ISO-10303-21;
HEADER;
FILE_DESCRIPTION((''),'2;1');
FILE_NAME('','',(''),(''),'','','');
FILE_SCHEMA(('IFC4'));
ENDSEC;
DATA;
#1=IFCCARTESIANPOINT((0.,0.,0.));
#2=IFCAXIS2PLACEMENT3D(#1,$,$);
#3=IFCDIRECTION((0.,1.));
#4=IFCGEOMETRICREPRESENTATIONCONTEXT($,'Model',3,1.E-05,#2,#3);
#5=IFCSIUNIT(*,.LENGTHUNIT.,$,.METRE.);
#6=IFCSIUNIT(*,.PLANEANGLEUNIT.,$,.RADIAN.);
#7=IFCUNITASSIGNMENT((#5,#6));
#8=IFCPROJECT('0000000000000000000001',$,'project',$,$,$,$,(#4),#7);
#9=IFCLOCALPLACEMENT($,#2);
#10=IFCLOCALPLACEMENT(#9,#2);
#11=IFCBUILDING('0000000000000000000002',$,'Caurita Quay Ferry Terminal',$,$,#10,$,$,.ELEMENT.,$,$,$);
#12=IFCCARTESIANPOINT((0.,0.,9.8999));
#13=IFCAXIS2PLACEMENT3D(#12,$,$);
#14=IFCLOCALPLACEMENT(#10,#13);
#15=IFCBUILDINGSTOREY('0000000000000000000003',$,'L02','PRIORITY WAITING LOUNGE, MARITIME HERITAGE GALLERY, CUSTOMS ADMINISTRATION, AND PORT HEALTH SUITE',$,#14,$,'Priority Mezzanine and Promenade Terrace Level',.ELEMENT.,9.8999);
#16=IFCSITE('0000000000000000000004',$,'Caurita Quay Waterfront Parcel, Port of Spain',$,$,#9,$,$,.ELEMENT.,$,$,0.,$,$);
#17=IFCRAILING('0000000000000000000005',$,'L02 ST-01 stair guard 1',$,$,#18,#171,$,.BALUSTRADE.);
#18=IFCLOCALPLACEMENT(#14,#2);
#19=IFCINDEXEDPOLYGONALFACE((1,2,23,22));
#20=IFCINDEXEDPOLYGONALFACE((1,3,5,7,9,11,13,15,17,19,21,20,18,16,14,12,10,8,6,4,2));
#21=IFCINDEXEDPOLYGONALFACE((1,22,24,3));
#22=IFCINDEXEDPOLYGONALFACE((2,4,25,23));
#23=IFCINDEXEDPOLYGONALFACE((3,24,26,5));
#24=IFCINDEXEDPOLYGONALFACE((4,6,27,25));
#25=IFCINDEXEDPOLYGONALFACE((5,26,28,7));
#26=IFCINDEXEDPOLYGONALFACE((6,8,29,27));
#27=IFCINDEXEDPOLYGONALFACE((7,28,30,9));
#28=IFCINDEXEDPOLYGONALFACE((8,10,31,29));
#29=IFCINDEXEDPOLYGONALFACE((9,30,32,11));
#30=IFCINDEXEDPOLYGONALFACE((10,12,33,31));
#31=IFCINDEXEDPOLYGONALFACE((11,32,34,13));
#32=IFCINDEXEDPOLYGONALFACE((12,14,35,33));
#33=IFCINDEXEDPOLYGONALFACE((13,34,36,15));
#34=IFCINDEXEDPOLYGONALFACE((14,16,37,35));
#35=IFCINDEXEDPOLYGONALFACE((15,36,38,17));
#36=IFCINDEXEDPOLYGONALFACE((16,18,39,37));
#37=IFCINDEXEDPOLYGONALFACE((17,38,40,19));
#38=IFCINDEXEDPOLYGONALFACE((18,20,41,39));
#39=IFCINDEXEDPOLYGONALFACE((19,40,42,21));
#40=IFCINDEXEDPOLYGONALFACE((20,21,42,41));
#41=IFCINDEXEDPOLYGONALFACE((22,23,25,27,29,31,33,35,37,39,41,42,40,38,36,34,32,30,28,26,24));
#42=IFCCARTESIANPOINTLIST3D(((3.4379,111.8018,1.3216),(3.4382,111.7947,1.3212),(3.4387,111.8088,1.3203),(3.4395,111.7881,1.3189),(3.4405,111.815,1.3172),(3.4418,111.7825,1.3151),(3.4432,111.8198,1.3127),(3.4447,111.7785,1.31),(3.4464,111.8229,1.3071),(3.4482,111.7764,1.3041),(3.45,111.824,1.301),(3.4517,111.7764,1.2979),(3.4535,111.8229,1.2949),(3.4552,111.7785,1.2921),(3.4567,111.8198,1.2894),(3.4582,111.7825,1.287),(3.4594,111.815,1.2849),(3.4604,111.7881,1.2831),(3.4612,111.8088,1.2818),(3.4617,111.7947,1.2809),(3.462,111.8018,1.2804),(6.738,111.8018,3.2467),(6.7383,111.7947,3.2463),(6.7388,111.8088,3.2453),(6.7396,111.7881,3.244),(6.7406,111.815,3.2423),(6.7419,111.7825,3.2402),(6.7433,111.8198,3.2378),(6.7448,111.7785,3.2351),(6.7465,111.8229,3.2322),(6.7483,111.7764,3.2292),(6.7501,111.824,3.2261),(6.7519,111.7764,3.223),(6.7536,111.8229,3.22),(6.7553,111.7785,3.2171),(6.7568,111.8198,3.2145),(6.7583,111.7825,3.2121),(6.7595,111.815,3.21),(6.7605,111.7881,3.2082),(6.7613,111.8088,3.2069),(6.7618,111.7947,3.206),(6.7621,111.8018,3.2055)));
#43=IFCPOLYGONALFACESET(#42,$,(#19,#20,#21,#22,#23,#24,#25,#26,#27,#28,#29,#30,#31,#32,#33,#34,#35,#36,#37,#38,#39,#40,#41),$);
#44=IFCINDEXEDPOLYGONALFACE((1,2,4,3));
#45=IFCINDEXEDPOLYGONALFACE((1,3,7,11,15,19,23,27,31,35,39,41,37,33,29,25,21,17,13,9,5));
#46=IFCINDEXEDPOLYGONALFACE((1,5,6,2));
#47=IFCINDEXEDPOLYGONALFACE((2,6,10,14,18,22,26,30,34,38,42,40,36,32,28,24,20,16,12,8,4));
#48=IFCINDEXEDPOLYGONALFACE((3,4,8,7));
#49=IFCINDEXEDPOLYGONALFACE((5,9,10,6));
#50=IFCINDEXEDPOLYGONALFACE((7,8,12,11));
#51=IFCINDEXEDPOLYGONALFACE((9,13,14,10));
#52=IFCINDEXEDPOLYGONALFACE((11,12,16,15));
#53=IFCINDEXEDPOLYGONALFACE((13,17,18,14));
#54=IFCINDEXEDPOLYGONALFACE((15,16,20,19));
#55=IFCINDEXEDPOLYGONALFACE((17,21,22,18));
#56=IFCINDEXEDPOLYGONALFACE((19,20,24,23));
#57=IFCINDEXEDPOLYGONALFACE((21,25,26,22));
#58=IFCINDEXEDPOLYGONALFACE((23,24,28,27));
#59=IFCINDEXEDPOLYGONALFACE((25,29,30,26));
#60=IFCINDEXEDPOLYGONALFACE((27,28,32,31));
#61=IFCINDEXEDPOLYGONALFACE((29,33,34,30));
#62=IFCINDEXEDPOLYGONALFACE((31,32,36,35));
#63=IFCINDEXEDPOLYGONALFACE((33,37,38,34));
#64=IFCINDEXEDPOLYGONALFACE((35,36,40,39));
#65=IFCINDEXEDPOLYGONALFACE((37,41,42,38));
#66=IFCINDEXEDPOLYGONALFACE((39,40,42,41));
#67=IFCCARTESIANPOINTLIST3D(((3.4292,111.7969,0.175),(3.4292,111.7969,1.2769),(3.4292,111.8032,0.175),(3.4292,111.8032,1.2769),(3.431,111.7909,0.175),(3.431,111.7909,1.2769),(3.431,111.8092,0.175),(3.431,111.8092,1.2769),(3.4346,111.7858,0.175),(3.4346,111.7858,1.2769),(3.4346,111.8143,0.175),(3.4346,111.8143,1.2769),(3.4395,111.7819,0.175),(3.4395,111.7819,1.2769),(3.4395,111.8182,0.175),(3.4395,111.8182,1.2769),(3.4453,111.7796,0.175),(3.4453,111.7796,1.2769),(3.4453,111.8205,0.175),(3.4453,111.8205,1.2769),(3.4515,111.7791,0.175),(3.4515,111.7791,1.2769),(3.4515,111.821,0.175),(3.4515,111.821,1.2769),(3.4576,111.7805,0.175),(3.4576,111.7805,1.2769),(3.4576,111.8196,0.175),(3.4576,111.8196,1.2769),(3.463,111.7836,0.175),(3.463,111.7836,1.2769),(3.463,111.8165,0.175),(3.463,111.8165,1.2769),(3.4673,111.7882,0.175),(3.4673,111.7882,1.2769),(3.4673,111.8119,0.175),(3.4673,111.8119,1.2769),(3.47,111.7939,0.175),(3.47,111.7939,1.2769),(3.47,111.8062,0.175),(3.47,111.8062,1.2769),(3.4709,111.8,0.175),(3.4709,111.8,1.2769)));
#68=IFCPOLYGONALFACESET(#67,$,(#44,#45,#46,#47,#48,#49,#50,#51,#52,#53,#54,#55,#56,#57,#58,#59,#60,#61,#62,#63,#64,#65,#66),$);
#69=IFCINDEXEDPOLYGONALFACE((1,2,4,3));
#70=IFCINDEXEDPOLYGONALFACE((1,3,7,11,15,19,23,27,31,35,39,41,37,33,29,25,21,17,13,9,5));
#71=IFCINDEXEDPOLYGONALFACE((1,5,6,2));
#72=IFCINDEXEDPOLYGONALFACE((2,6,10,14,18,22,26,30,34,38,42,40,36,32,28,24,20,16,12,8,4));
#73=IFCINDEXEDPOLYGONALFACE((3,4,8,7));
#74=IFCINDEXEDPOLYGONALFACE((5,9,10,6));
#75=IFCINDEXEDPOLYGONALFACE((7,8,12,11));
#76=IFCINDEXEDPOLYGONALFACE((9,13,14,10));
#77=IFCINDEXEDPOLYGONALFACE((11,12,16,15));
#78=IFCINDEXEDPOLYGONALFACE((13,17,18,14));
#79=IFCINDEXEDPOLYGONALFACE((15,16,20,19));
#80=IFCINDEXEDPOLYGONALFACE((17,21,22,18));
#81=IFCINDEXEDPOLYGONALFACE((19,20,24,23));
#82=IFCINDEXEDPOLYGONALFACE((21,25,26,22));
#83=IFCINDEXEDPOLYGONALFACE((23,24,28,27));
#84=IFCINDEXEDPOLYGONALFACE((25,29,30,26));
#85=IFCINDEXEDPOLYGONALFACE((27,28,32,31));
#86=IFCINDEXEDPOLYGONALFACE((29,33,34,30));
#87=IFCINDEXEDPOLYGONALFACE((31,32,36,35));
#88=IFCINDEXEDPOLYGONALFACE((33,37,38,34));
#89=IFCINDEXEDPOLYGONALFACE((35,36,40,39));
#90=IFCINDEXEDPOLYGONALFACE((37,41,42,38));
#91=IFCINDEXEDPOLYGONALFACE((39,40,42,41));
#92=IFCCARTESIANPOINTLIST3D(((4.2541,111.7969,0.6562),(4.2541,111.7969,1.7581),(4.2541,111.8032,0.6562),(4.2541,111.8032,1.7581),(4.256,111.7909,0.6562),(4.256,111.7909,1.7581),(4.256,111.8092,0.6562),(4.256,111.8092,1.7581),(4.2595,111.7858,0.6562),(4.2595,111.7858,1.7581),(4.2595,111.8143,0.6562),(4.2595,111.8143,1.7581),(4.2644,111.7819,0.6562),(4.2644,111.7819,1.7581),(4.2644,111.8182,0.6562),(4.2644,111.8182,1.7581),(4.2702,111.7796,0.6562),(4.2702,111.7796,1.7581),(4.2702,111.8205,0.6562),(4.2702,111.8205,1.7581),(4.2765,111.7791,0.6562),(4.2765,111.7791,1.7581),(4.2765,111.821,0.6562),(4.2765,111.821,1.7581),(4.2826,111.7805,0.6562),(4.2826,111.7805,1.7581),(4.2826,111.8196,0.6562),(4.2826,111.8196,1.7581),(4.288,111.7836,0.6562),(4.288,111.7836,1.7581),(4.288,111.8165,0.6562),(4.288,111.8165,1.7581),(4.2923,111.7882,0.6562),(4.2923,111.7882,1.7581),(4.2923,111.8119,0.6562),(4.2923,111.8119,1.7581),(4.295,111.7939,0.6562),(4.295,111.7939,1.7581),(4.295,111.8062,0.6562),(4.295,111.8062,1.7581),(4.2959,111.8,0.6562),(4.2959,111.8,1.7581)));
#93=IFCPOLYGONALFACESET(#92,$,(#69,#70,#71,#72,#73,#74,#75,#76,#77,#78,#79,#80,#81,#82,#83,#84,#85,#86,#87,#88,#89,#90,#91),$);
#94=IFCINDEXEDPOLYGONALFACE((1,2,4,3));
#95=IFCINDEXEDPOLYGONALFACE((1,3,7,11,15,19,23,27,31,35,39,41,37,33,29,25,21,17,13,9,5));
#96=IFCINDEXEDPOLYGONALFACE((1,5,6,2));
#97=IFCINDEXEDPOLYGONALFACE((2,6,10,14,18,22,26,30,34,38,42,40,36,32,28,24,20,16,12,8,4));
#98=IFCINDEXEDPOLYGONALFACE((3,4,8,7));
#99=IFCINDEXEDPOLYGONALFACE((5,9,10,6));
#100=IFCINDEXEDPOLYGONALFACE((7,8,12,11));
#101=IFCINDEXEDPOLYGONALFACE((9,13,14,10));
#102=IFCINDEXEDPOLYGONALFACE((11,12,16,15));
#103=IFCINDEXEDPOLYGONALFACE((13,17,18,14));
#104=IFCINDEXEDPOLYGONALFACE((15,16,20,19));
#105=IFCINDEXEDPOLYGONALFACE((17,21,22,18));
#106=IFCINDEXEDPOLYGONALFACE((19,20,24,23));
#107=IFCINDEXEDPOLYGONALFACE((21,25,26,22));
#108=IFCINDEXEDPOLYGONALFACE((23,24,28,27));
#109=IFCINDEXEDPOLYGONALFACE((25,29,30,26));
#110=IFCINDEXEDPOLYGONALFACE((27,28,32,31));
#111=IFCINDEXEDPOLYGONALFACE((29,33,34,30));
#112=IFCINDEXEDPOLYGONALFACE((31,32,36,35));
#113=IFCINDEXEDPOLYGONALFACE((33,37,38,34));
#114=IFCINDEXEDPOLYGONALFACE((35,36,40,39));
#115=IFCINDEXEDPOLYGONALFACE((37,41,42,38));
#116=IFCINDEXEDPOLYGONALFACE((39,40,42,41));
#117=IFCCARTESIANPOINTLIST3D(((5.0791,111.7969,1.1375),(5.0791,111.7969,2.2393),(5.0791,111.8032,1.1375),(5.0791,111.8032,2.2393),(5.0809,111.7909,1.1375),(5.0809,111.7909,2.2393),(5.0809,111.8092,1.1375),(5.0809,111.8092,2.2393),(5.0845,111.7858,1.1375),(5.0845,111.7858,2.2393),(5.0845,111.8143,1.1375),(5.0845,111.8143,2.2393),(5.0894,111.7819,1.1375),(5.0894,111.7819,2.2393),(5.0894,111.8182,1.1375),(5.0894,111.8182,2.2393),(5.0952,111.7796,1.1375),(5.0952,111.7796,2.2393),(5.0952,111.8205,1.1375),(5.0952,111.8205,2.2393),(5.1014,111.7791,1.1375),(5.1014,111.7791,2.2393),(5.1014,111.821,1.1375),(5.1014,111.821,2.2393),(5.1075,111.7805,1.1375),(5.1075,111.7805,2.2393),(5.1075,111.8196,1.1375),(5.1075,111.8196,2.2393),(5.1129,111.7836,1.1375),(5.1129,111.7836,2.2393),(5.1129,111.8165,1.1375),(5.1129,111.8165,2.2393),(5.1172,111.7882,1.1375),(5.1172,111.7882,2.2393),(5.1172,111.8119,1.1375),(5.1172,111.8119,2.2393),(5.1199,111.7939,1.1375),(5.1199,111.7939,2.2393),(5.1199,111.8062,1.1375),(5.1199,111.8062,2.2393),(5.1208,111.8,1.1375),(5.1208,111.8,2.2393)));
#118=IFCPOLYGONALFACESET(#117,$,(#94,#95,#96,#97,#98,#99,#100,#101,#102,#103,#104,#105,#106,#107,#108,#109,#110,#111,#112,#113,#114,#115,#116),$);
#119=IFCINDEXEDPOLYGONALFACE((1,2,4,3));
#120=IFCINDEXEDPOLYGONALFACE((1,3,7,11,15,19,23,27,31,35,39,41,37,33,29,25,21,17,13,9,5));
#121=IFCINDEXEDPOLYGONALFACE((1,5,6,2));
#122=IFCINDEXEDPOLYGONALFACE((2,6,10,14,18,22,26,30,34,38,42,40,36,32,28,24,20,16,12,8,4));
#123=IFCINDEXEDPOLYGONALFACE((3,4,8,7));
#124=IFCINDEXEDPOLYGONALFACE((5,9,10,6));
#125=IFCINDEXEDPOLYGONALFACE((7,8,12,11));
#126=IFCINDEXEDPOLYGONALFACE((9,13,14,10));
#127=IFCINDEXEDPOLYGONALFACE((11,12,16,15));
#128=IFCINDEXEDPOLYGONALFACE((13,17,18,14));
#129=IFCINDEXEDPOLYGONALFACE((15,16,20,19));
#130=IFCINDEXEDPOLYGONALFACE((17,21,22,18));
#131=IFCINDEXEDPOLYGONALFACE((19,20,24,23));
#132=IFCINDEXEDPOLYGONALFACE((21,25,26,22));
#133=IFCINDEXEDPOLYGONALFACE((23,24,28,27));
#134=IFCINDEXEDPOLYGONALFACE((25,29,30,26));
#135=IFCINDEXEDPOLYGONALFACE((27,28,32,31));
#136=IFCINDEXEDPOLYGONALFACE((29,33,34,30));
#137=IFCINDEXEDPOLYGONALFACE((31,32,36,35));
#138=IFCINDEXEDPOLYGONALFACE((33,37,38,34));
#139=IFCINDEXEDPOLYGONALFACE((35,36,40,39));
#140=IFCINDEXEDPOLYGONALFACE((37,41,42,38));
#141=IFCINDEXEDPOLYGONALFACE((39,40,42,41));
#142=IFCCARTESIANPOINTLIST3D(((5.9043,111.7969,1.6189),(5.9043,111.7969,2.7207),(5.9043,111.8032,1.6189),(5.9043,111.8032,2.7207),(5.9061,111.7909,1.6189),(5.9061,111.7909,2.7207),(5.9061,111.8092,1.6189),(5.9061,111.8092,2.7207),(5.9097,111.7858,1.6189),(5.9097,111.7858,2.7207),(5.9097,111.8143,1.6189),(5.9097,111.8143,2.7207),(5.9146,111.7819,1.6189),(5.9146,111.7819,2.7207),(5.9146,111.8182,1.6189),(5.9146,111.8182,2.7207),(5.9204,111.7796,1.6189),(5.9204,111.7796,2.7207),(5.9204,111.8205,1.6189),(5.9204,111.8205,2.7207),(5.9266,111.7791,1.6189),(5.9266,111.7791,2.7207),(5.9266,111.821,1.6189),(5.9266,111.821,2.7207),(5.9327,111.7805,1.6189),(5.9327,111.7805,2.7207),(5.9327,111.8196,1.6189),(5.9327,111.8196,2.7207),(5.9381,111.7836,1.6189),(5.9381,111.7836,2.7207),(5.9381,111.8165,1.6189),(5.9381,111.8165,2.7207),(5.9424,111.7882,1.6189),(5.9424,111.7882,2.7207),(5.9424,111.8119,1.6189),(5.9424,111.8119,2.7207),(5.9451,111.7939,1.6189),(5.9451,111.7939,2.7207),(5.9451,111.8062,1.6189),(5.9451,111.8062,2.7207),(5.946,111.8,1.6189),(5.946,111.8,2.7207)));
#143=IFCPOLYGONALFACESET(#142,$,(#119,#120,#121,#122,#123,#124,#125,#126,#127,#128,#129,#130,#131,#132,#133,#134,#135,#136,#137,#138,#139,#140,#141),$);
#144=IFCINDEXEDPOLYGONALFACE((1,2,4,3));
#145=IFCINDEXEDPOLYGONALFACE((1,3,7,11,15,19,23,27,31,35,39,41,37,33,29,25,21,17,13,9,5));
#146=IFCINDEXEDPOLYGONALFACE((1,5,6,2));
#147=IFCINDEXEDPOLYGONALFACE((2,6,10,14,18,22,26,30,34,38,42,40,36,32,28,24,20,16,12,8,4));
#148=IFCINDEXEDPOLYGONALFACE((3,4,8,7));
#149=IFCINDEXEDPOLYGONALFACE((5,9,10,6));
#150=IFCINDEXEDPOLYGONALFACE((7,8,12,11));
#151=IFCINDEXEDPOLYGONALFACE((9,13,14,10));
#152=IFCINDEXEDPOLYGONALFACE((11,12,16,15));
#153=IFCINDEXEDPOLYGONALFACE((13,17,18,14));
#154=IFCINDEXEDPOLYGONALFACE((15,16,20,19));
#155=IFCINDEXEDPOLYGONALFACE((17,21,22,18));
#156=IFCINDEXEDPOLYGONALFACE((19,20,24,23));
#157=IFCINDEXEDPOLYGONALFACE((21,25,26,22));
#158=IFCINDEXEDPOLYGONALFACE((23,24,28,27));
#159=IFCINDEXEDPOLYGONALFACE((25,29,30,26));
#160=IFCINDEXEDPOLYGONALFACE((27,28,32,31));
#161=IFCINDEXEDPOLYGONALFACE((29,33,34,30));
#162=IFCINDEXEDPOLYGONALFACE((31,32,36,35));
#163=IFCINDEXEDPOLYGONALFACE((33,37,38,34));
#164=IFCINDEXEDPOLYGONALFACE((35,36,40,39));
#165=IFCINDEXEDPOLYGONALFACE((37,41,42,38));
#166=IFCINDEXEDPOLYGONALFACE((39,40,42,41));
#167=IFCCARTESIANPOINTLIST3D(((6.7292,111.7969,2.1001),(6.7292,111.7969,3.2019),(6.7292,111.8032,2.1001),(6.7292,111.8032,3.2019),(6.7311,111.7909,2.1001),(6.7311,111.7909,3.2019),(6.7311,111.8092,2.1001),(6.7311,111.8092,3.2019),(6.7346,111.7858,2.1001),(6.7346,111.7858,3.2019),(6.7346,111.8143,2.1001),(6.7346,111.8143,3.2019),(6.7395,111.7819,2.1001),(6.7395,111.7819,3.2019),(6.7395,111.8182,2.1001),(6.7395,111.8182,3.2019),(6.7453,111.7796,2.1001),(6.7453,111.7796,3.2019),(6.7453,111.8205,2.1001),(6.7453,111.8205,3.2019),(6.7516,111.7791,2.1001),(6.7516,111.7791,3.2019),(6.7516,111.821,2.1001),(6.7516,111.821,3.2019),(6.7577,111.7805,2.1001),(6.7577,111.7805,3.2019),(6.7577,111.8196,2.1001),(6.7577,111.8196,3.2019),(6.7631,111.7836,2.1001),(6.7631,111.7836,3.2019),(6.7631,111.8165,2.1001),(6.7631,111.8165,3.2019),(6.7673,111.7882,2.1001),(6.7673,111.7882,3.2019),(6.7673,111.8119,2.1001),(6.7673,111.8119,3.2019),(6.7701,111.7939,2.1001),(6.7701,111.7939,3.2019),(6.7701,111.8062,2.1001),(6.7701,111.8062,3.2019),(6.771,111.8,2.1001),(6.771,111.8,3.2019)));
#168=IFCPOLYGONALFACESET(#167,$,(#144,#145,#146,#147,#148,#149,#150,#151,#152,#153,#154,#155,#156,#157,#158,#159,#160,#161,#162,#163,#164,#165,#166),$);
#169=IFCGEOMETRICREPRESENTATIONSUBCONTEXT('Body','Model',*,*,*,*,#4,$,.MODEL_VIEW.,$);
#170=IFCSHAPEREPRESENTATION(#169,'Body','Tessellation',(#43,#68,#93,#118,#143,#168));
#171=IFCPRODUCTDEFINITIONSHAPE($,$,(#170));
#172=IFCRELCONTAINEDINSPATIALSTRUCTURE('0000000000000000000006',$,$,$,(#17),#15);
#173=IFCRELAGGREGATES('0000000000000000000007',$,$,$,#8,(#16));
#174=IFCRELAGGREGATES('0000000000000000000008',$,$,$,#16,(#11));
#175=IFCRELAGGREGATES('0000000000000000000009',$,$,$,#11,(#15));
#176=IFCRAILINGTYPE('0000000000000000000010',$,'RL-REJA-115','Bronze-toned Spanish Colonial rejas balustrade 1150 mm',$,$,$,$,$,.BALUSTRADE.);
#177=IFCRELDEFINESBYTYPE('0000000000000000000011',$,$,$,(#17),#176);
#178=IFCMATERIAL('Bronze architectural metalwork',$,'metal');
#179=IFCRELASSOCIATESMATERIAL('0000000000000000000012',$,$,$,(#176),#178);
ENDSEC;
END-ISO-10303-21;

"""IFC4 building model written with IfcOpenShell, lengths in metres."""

from ifc_helpers import new_model, si_unit, direction, frame, origin, origin_2d, place, context, subcontext, project, spatial, circle, extrude, material, type_object, element, save


model = new_model("IFC4")

# Units and contexts
model_context = context("Model", 3, precision=1e-05, world=origin(), true_north=direction((0.0, 1.0)))
body_context = subcontext(model_context, "Body", "Model", "MODEL_VIEW")
ifc_project = project(units=[si_unit("LENGTHUNIT", "METRE"), si_unit("PLANEANGLEUNIT", "RADIAN")], contexts=[model_context])

# Site, building, storey
site_placement = place(None, origin())
site = spatial("IfcSite", under=ifc_project, at=site_placement, Name="Caurita Quay Waterfront Parcel, Port of Spain", CompositionType="ELEMENT", RefElevation=0.0)
building_placement = place(site_placement, origin())
building = spatial("IfcBuilding", under=site, at=building_placement, Name="Caurita Quay Ferry Terminal", CompositionType="ELEMENT")
storey_placement = place(building_placement, frame((0.0, 0.0, 9.8999)))
storey = spatial("IfcBuildingStorey", under=building, at=storey_placement, Name="L02", Description="PRIORITY WAITING LOUNGE, MARITIME HERITAGE GALLERY, CUSTOMS ADMINISTRATION, AND PORT HEALTH SUITE", LongName="Priority Mezzanine and Promenade Terrace Level", CompositionType="ELEMENT", Elevation=9.8999)

# Railing
ifc_material_1 = material(Name="Bronze architectural metalwork", Category="metal")
railing_type_1 = type_object("IfcRailingType", Name="RL-REJA-115", Description="Bronze-toned Spanish Colonial rejas balustrade 1150 mm", PredefinedType="BALUSTRADE", material=ifc_material_1)
railing_1_placement = place(storey_placement, frame((3.45, 111.8, 0.175)))
element("IfcRailing", 1, at=railing_1_placement, inside=storey, type_object=railing_type_1, Name="L02 ST-01 stair guard 1", PredefinedType="BALUSTRADE", context=body_context, shape_type="SweptSolid", body=[
    extrude(circle(Radius=0.0239, at=origin_2d()), frame((0.0, 0.0, 1.126), z_axis=(0.863777, 0.0, 0.503875), x_axis=(0.0, 1.0, 0.0)), (0.0, 0.0, 1.0), 3.8206),
    extrude(circle(Radius=0.021, at=origin_2d()), origin(), (0.0, 0.0, 1.0), 1.1018),
    extrude(circle(Radius=0.021, at=origin_2d()), frame((0.825, 0.0, 0.4812)), (0.0, 0.0, 1.0), 1.1018),
    extrude(circle(Radius=0.021, at=origin_2d()), frame((1.6499, 0.0, 0.9624)), (0.0, 0.0, 1.0), 1.1018),
    extrude(circle(Radius=0.021, at=origin_2d()), frame((2.4751, 0.0, 1.4438)), (0.0, 0.0, 1.0), 1.1018),
    extrude(circle(Radius=0.021, at=origin_2d()), frame((3.3, 0.0, 1.925)), (0.0, 0.0, 1.0), 1.1018),
])

save(model, "model.ifc")
